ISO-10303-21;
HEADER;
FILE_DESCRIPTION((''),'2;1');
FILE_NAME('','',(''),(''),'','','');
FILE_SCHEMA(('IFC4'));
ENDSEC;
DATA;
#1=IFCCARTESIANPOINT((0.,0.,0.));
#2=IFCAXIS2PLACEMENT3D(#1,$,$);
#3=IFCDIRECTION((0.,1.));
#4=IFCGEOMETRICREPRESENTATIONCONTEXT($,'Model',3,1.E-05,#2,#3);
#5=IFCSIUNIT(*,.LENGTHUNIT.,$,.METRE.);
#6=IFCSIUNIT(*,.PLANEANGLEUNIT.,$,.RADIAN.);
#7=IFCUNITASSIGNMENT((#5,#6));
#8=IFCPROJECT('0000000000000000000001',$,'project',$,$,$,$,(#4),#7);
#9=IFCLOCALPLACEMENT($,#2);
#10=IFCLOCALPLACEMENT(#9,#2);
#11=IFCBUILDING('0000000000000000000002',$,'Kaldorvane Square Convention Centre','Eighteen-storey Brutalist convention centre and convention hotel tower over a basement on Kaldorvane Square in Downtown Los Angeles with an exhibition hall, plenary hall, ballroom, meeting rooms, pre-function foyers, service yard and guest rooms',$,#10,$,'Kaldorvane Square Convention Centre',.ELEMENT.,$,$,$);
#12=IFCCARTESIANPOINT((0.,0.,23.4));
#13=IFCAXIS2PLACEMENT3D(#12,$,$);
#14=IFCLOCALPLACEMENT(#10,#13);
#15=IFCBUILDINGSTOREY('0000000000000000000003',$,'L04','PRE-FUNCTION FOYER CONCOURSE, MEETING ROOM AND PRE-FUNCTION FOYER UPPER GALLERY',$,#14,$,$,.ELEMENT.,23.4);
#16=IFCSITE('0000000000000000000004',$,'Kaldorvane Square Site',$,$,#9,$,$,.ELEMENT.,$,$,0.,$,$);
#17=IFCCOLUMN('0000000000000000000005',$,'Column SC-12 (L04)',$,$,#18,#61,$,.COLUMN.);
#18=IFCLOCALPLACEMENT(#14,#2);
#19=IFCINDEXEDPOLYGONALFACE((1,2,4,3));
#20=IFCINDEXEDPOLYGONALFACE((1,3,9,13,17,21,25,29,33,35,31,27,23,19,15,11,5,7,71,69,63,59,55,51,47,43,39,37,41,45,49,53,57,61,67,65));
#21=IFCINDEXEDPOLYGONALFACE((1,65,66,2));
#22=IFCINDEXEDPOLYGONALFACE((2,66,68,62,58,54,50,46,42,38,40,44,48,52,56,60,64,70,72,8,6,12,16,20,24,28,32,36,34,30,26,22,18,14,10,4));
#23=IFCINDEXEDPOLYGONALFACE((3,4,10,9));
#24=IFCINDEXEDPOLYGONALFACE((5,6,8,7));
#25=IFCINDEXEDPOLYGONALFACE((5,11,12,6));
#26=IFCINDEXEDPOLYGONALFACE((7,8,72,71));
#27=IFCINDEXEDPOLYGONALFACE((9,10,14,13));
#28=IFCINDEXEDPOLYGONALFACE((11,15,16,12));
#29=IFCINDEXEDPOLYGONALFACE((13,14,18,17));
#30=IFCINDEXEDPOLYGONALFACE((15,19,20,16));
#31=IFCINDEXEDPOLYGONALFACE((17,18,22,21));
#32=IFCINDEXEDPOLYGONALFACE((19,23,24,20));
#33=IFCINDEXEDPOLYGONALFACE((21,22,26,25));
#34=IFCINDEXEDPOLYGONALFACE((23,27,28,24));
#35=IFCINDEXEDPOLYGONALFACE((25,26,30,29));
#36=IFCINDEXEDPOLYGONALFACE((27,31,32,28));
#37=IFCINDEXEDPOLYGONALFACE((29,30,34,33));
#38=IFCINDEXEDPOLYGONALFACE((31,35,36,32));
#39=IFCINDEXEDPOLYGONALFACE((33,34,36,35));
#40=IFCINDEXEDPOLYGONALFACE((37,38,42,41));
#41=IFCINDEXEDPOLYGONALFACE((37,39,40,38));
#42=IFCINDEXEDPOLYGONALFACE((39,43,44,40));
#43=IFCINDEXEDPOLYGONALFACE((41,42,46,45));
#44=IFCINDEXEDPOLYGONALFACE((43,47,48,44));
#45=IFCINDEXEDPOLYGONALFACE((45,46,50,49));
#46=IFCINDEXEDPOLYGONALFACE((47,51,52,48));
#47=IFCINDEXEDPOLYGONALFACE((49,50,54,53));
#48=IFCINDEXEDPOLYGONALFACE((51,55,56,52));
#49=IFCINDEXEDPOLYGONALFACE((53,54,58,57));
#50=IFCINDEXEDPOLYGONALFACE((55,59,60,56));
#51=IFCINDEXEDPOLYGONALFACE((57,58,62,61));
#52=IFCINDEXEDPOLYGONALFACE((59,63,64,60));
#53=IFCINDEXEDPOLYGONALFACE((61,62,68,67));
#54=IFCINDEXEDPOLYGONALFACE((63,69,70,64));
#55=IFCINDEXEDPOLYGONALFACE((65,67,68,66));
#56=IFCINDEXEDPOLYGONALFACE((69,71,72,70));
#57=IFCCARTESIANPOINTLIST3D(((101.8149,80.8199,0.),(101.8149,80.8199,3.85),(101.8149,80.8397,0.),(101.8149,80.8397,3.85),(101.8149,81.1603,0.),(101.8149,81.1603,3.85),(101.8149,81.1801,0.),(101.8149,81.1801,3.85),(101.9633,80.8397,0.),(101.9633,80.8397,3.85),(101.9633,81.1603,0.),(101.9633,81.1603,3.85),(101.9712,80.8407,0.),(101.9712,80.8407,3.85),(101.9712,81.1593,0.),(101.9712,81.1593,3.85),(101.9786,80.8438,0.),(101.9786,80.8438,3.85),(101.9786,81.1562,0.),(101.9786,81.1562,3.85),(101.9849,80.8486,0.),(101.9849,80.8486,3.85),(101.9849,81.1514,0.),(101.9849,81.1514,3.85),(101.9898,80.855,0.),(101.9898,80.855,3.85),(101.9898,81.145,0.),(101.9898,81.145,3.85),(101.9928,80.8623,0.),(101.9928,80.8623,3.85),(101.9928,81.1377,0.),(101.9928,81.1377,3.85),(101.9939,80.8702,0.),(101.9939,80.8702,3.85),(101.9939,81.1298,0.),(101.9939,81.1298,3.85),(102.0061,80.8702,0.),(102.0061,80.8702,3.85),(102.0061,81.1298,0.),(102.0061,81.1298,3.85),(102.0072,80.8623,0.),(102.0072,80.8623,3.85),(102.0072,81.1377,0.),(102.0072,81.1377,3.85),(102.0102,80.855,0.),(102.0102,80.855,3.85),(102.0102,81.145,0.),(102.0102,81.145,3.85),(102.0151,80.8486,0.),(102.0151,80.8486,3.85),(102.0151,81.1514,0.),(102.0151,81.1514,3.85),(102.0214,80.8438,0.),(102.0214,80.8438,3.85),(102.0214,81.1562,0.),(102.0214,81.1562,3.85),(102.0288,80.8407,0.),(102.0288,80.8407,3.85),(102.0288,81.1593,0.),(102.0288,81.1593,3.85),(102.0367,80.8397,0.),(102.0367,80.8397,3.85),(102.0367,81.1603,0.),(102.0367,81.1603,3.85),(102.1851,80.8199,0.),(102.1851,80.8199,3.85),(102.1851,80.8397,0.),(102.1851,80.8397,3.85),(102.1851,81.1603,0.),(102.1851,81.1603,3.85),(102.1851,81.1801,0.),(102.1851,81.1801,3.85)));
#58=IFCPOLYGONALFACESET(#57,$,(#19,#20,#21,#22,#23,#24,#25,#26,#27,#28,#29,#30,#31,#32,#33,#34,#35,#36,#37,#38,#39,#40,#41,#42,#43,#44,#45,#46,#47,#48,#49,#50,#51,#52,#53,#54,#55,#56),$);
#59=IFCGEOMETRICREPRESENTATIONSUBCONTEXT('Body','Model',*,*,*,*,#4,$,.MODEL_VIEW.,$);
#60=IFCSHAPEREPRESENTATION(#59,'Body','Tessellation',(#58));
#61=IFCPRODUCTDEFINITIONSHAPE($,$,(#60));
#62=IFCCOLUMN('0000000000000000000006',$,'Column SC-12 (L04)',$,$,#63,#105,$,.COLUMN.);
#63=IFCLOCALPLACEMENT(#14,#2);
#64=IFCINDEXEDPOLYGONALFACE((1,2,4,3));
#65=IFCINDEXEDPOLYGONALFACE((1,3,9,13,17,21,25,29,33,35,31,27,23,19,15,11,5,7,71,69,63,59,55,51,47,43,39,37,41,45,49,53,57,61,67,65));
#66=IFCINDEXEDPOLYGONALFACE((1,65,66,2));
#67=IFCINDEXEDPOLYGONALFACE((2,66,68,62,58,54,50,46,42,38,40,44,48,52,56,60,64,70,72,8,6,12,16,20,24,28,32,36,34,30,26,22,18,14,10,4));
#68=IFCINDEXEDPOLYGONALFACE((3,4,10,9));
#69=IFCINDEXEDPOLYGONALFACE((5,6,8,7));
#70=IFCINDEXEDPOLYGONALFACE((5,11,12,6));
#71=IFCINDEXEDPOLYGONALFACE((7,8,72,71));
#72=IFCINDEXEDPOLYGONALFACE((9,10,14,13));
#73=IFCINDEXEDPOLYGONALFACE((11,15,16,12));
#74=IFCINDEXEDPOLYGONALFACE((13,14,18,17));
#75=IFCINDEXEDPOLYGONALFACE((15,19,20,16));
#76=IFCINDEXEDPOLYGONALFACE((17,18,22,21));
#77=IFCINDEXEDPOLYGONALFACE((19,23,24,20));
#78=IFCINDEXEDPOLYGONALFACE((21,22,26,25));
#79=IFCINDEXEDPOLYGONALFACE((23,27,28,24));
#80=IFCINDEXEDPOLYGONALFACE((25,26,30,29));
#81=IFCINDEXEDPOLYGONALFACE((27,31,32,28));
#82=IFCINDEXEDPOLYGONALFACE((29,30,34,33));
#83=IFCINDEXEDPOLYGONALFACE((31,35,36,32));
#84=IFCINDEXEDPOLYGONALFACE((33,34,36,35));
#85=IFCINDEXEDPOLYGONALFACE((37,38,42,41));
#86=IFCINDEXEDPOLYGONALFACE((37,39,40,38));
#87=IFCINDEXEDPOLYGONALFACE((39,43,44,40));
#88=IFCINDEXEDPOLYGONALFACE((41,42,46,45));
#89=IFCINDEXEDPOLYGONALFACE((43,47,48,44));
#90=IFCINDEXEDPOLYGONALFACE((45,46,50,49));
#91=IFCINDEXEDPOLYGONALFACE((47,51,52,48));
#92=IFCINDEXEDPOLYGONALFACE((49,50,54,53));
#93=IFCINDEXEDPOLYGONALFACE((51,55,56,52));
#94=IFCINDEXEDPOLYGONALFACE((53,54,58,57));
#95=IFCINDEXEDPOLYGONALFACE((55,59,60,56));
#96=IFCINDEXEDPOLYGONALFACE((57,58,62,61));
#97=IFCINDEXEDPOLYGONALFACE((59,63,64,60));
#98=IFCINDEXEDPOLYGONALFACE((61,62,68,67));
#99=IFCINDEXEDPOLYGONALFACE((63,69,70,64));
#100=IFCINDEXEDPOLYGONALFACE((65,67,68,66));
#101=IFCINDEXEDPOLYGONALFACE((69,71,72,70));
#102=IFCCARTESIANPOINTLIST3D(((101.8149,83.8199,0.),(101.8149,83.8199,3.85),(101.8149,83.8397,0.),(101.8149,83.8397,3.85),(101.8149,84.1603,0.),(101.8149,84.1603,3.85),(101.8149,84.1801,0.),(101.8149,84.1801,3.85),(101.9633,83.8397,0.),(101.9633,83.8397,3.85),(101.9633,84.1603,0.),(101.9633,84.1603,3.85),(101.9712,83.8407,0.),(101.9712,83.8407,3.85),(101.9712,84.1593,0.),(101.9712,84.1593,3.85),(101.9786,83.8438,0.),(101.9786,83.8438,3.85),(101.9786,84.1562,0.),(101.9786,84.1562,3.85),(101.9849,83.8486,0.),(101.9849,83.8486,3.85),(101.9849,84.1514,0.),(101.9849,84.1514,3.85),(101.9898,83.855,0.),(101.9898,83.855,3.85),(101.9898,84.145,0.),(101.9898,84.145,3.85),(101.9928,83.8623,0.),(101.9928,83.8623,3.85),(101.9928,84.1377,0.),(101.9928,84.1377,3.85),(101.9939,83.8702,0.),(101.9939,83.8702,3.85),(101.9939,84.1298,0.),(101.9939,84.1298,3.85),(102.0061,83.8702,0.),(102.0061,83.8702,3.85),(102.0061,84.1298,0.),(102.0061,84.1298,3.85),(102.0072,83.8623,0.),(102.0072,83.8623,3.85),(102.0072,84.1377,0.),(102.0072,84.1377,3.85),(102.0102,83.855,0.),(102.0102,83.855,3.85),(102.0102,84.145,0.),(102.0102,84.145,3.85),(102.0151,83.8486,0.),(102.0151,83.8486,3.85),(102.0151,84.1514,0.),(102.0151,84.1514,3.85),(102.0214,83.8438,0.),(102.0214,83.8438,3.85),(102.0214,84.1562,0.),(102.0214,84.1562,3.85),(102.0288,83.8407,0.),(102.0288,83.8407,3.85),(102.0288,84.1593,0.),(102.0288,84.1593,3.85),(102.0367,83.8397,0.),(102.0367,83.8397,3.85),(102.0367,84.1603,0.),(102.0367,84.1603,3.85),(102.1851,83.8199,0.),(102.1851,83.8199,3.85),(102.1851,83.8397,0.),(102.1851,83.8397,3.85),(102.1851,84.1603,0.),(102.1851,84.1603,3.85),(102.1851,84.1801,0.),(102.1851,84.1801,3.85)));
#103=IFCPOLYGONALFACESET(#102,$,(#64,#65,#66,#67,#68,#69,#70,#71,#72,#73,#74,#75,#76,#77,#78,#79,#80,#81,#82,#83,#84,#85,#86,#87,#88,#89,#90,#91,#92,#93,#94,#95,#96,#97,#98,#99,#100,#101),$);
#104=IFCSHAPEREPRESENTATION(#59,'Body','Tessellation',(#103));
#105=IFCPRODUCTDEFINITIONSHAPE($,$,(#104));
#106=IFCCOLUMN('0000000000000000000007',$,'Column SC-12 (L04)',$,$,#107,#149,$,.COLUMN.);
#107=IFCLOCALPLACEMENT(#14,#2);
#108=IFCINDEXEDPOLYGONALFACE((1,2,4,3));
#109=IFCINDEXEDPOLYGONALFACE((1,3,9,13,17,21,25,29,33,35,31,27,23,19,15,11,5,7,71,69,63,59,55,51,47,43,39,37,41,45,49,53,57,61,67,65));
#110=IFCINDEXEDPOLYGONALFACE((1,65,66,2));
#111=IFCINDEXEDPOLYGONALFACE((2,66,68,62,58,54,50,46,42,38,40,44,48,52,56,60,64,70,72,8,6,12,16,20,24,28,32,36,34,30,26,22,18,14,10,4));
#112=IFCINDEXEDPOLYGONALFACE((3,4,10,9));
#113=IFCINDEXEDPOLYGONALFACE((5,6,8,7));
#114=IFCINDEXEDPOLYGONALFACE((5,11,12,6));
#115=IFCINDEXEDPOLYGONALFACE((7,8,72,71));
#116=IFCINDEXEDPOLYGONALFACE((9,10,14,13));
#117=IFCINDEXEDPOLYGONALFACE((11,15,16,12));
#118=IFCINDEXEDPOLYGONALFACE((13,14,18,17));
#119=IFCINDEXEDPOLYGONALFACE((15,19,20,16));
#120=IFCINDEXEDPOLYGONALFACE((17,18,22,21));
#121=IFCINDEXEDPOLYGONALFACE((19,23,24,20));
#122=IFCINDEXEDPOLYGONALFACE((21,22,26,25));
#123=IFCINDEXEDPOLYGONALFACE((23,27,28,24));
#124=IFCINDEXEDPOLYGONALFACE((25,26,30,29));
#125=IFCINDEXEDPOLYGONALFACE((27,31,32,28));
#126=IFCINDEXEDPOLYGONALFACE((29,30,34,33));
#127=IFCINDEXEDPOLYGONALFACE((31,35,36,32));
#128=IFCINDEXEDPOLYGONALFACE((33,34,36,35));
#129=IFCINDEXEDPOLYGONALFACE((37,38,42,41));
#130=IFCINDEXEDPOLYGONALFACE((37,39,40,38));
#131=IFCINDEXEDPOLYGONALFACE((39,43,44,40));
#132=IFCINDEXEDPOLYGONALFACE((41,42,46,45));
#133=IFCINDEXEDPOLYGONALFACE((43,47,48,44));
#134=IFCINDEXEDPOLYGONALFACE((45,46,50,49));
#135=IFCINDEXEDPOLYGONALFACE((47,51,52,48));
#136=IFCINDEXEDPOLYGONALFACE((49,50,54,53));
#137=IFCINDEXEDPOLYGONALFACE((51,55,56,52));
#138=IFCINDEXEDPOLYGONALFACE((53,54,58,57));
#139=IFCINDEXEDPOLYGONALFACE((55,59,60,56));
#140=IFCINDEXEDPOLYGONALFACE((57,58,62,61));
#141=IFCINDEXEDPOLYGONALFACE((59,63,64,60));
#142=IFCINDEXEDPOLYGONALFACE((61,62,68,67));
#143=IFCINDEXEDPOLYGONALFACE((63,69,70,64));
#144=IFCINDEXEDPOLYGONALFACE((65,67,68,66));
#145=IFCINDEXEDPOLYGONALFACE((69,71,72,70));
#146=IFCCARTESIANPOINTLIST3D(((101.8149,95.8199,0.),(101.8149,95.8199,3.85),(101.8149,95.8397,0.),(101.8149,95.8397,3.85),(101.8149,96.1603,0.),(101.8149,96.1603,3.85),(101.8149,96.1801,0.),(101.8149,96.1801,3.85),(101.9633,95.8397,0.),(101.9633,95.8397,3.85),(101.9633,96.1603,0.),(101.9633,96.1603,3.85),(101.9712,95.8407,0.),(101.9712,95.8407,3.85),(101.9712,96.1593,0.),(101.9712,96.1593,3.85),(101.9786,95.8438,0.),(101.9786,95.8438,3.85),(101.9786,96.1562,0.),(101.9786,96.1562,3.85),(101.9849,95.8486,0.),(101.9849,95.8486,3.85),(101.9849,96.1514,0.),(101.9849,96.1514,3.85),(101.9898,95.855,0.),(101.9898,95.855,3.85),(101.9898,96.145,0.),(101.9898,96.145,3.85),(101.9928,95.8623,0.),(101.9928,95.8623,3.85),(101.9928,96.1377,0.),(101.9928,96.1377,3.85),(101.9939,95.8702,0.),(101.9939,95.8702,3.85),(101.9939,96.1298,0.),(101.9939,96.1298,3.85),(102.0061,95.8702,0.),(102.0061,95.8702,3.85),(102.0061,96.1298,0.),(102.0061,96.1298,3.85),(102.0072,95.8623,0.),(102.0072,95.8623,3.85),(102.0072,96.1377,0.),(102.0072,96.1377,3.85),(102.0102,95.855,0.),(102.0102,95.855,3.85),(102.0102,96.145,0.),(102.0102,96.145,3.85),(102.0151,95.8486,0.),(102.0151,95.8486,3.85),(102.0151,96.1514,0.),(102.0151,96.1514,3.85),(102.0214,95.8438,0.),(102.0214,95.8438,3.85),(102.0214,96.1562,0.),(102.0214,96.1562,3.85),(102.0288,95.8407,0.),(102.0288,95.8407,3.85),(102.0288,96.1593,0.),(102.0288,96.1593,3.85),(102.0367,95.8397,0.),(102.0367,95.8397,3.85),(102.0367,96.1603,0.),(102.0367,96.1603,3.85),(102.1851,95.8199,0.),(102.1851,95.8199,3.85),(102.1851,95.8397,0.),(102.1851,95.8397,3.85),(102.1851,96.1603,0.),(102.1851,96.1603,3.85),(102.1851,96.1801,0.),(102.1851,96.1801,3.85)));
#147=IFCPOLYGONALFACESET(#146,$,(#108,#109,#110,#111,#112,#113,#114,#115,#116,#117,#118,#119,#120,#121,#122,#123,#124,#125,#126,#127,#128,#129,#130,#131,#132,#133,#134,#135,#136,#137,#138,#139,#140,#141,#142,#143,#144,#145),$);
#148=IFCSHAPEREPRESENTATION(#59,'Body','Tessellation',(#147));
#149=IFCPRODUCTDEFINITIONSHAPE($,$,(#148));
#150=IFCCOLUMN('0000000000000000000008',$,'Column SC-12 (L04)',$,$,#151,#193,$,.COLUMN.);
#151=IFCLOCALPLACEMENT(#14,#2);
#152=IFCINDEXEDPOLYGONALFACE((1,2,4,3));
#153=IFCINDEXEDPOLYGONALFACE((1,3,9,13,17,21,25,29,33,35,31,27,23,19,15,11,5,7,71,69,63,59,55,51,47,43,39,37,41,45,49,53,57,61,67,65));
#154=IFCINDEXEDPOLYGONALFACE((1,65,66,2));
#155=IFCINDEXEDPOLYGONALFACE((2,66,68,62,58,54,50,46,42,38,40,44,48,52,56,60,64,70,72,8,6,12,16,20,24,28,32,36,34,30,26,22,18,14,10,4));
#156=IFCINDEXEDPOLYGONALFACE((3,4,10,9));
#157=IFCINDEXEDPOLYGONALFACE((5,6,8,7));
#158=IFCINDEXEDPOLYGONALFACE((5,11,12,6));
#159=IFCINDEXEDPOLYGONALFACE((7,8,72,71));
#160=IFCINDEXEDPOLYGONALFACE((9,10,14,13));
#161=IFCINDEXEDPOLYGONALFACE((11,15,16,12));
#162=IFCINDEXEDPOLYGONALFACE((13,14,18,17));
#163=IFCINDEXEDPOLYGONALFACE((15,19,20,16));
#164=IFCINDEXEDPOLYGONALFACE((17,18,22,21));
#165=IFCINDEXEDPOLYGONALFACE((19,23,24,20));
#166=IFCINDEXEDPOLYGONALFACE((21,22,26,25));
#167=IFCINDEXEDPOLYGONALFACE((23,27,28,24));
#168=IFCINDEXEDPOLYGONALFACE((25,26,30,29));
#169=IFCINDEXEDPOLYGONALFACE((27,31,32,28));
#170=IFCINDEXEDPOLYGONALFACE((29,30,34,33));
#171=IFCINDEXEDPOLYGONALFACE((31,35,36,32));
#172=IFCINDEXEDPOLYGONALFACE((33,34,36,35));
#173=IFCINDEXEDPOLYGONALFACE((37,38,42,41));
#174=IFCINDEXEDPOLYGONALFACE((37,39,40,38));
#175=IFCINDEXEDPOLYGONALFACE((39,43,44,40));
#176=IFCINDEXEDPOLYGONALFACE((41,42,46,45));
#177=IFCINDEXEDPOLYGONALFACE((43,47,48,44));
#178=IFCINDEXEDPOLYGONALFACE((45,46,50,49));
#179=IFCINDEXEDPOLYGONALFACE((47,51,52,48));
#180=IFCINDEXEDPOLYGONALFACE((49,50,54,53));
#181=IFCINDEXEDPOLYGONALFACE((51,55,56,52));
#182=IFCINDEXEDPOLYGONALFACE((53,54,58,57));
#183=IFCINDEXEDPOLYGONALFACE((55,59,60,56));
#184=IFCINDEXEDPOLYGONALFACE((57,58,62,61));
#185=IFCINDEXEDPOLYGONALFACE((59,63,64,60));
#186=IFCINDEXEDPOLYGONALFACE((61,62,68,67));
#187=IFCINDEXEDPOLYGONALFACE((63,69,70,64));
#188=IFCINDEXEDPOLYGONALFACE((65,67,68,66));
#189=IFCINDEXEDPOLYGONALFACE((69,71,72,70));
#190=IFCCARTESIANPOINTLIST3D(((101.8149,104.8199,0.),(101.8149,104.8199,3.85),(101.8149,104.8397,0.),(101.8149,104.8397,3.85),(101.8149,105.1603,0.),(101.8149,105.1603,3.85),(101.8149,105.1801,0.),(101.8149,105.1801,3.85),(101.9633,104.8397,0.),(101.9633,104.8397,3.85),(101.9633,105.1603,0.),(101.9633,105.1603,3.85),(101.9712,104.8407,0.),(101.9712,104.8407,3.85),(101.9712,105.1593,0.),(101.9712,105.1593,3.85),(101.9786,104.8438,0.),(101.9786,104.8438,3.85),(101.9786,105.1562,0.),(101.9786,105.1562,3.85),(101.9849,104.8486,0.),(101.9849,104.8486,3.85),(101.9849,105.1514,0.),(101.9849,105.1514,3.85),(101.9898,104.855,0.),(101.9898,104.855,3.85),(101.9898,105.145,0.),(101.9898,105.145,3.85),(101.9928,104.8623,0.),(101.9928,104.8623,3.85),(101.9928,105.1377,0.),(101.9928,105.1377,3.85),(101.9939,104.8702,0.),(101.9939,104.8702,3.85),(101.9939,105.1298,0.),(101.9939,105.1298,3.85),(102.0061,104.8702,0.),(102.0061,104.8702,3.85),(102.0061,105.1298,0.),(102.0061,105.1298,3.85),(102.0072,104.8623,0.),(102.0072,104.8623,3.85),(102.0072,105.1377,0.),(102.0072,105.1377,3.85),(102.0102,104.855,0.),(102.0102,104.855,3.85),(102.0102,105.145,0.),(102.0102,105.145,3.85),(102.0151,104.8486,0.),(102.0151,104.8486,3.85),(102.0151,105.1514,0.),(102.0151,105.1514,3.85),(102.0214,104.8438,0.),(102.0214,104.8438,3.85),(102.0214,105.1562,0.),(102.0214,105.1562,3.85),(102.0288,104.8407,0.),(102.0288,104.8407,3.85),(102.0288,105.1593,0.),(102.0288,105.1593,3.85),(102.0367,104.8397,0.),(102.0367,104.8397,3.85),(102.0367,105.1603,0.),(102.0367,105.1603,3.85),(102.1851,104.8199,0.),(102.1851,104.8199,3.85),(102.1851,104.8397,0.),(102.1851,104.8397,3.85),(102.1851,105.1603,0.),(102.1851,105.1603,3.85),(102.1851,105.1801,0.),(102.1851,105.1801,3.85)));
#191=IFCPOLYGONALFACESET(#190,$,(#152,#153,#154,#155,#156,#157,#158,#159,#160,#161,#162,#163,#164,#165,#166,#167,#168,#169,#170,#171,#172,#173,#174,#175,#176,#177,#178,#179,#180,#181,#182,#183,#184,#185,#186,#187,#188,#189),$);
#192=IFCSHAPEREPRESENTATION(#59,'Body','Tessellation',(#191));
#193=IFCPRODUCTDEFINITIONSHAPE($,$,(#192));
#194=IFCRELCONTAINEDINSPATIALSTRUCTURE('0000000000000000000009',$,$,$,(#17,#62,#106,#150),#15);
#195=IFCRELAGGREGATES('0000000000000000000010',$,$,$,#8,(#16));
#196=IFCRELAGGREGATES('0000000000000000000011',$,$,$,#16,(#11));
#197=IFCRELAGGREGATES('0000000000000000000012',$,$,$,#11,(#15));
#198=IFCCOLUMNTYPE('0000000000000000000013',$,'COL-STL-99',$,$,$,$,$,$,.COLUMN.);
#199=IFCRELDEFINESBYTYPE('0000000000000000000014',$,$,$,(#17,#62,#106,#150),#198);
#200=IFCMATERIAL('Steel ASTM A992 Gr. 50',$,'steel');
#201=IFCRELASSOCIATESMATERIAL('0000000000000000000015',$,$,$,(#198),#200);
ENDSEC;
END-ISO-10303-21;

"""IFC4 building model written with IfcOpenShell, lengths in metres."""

from ifc_helpers import new_model, si_unit, direction, frame, origin, origin_2d, place, context, subcontext, project, spatial, i_section, extrude, material, material_profile, profile_set, type_object, element, save


model = new_model("IFC4")

# Units and contexts
model_context = context("Model", 3, precision=1e-05, world=origin(), true_north=direction((0.0, 1.0)))
body_context = subcontext(model_context, "Body", "Model", "MODEL_VIEW")
ifc_project = project(units=[si_unit("LENGTHUNIT", "METRE"), si_unit("PLANEANGLEUNIT", "RADIAN")], contexts=[model_context])

# Site, building, storey
site_placement = place(None, origin())
site = spatial("IfcSite", under=ifc_project, at=site_placement, Name="Kaldorvane Square Site", CompositionType="ELEMENT", RefElevation=0.0)
building_placement = place(site_placement, origin())
building = spatial("IfcBuilding", under=site, at=building_placement, Name="Kaldorvane Square Convention Centre", Description="Eighteen-storey Brutalist convention centre and convention hotel tower over a basement on Kaldorvane Square in Downtown Los Angeles with an exhibition hall, plenary hall, ballroom, meeting rooms, pre-function foyers, service yard and guest rooms", LongName="Kaldorvane Square Convention Centre", CompositionType="ELEMENT")
storey_placement = place(building_placement, frame((0.0, 0.0, 23.4)))
storey = spatial("IfcBuildingStorey", under=building, at=storey_placement, Name="L04", Description="PRE-FUNCTION FOYER CONCOURSE, MEETING ROOM AND PRE-FUNCTION FOYER UPPER GALLERY", CompositionType="ELEMENT", Elevation=23.4)

# Columns
ifc_material = material(Name="Steel ASTM A992 Gr. 50", Category="steel")
ifc_material_profile_1 = material_profile(ifc_material, i_section(OverallWidth=0.3701, OverallDepth=0.3602, WebThickness=0.0123, FlangeThickness=0.0198, FilletRadius=0.0305, at=origin_2d()), Name="W14X99")
ifc_profile_set_1 = profile_set([ifc_material_profile_1], Name="Steel ASTM A992 Gr. 50")
column_type = type_object("IfcColumnType", Name="COL-STL-99", PredefinedType="COLUMN", material=ifc_profile_set_1)
for number, where, z_axis, x_axis, name in (
    (1, (102.0, 81.0, 0.0), (0.0, 0.0, 1.0), (1.0, 0.0, 0.0), "Column SC-12 (L04)"),
    (2, (102.0, 84.0, 0.0), (0.0, 0.0, 1.0), (1.0, 0.0, 0.0), "Column SC-12 (L04)"),
    (3, (102.0, 96.0, 0.0), (0.0, 0.0, 1.0), (1.0, 0.0, 0.0), "Column SC-12 (L04)"),
    (4, (102.0, 105.0, 0.0), (0.0, 0.0, 1.0), (1.0, 0.0, 0.0), "Column SC-12 (L04)"),
):
    element("IfcColumn", number, at=place(storey_placement, frame(where, z_axis=z_axis, x_axis=x_axis)), inside=storey, type_object=column_type, Name=name, PredefinedType="COLUMN", context=body_context, shape_type="SweptSolid", body=[
        extrude(i_section(OverallWidth=0.3701, OverallDepth=0.3602, WebThickness=0.0123, FlangeThickness=0.0198, FilletRadius=0.0305, at=origin_2d()), origin(), (0.0, 0.0, 1.0), 3.85),
    ])

save(model, "model.ifc")
